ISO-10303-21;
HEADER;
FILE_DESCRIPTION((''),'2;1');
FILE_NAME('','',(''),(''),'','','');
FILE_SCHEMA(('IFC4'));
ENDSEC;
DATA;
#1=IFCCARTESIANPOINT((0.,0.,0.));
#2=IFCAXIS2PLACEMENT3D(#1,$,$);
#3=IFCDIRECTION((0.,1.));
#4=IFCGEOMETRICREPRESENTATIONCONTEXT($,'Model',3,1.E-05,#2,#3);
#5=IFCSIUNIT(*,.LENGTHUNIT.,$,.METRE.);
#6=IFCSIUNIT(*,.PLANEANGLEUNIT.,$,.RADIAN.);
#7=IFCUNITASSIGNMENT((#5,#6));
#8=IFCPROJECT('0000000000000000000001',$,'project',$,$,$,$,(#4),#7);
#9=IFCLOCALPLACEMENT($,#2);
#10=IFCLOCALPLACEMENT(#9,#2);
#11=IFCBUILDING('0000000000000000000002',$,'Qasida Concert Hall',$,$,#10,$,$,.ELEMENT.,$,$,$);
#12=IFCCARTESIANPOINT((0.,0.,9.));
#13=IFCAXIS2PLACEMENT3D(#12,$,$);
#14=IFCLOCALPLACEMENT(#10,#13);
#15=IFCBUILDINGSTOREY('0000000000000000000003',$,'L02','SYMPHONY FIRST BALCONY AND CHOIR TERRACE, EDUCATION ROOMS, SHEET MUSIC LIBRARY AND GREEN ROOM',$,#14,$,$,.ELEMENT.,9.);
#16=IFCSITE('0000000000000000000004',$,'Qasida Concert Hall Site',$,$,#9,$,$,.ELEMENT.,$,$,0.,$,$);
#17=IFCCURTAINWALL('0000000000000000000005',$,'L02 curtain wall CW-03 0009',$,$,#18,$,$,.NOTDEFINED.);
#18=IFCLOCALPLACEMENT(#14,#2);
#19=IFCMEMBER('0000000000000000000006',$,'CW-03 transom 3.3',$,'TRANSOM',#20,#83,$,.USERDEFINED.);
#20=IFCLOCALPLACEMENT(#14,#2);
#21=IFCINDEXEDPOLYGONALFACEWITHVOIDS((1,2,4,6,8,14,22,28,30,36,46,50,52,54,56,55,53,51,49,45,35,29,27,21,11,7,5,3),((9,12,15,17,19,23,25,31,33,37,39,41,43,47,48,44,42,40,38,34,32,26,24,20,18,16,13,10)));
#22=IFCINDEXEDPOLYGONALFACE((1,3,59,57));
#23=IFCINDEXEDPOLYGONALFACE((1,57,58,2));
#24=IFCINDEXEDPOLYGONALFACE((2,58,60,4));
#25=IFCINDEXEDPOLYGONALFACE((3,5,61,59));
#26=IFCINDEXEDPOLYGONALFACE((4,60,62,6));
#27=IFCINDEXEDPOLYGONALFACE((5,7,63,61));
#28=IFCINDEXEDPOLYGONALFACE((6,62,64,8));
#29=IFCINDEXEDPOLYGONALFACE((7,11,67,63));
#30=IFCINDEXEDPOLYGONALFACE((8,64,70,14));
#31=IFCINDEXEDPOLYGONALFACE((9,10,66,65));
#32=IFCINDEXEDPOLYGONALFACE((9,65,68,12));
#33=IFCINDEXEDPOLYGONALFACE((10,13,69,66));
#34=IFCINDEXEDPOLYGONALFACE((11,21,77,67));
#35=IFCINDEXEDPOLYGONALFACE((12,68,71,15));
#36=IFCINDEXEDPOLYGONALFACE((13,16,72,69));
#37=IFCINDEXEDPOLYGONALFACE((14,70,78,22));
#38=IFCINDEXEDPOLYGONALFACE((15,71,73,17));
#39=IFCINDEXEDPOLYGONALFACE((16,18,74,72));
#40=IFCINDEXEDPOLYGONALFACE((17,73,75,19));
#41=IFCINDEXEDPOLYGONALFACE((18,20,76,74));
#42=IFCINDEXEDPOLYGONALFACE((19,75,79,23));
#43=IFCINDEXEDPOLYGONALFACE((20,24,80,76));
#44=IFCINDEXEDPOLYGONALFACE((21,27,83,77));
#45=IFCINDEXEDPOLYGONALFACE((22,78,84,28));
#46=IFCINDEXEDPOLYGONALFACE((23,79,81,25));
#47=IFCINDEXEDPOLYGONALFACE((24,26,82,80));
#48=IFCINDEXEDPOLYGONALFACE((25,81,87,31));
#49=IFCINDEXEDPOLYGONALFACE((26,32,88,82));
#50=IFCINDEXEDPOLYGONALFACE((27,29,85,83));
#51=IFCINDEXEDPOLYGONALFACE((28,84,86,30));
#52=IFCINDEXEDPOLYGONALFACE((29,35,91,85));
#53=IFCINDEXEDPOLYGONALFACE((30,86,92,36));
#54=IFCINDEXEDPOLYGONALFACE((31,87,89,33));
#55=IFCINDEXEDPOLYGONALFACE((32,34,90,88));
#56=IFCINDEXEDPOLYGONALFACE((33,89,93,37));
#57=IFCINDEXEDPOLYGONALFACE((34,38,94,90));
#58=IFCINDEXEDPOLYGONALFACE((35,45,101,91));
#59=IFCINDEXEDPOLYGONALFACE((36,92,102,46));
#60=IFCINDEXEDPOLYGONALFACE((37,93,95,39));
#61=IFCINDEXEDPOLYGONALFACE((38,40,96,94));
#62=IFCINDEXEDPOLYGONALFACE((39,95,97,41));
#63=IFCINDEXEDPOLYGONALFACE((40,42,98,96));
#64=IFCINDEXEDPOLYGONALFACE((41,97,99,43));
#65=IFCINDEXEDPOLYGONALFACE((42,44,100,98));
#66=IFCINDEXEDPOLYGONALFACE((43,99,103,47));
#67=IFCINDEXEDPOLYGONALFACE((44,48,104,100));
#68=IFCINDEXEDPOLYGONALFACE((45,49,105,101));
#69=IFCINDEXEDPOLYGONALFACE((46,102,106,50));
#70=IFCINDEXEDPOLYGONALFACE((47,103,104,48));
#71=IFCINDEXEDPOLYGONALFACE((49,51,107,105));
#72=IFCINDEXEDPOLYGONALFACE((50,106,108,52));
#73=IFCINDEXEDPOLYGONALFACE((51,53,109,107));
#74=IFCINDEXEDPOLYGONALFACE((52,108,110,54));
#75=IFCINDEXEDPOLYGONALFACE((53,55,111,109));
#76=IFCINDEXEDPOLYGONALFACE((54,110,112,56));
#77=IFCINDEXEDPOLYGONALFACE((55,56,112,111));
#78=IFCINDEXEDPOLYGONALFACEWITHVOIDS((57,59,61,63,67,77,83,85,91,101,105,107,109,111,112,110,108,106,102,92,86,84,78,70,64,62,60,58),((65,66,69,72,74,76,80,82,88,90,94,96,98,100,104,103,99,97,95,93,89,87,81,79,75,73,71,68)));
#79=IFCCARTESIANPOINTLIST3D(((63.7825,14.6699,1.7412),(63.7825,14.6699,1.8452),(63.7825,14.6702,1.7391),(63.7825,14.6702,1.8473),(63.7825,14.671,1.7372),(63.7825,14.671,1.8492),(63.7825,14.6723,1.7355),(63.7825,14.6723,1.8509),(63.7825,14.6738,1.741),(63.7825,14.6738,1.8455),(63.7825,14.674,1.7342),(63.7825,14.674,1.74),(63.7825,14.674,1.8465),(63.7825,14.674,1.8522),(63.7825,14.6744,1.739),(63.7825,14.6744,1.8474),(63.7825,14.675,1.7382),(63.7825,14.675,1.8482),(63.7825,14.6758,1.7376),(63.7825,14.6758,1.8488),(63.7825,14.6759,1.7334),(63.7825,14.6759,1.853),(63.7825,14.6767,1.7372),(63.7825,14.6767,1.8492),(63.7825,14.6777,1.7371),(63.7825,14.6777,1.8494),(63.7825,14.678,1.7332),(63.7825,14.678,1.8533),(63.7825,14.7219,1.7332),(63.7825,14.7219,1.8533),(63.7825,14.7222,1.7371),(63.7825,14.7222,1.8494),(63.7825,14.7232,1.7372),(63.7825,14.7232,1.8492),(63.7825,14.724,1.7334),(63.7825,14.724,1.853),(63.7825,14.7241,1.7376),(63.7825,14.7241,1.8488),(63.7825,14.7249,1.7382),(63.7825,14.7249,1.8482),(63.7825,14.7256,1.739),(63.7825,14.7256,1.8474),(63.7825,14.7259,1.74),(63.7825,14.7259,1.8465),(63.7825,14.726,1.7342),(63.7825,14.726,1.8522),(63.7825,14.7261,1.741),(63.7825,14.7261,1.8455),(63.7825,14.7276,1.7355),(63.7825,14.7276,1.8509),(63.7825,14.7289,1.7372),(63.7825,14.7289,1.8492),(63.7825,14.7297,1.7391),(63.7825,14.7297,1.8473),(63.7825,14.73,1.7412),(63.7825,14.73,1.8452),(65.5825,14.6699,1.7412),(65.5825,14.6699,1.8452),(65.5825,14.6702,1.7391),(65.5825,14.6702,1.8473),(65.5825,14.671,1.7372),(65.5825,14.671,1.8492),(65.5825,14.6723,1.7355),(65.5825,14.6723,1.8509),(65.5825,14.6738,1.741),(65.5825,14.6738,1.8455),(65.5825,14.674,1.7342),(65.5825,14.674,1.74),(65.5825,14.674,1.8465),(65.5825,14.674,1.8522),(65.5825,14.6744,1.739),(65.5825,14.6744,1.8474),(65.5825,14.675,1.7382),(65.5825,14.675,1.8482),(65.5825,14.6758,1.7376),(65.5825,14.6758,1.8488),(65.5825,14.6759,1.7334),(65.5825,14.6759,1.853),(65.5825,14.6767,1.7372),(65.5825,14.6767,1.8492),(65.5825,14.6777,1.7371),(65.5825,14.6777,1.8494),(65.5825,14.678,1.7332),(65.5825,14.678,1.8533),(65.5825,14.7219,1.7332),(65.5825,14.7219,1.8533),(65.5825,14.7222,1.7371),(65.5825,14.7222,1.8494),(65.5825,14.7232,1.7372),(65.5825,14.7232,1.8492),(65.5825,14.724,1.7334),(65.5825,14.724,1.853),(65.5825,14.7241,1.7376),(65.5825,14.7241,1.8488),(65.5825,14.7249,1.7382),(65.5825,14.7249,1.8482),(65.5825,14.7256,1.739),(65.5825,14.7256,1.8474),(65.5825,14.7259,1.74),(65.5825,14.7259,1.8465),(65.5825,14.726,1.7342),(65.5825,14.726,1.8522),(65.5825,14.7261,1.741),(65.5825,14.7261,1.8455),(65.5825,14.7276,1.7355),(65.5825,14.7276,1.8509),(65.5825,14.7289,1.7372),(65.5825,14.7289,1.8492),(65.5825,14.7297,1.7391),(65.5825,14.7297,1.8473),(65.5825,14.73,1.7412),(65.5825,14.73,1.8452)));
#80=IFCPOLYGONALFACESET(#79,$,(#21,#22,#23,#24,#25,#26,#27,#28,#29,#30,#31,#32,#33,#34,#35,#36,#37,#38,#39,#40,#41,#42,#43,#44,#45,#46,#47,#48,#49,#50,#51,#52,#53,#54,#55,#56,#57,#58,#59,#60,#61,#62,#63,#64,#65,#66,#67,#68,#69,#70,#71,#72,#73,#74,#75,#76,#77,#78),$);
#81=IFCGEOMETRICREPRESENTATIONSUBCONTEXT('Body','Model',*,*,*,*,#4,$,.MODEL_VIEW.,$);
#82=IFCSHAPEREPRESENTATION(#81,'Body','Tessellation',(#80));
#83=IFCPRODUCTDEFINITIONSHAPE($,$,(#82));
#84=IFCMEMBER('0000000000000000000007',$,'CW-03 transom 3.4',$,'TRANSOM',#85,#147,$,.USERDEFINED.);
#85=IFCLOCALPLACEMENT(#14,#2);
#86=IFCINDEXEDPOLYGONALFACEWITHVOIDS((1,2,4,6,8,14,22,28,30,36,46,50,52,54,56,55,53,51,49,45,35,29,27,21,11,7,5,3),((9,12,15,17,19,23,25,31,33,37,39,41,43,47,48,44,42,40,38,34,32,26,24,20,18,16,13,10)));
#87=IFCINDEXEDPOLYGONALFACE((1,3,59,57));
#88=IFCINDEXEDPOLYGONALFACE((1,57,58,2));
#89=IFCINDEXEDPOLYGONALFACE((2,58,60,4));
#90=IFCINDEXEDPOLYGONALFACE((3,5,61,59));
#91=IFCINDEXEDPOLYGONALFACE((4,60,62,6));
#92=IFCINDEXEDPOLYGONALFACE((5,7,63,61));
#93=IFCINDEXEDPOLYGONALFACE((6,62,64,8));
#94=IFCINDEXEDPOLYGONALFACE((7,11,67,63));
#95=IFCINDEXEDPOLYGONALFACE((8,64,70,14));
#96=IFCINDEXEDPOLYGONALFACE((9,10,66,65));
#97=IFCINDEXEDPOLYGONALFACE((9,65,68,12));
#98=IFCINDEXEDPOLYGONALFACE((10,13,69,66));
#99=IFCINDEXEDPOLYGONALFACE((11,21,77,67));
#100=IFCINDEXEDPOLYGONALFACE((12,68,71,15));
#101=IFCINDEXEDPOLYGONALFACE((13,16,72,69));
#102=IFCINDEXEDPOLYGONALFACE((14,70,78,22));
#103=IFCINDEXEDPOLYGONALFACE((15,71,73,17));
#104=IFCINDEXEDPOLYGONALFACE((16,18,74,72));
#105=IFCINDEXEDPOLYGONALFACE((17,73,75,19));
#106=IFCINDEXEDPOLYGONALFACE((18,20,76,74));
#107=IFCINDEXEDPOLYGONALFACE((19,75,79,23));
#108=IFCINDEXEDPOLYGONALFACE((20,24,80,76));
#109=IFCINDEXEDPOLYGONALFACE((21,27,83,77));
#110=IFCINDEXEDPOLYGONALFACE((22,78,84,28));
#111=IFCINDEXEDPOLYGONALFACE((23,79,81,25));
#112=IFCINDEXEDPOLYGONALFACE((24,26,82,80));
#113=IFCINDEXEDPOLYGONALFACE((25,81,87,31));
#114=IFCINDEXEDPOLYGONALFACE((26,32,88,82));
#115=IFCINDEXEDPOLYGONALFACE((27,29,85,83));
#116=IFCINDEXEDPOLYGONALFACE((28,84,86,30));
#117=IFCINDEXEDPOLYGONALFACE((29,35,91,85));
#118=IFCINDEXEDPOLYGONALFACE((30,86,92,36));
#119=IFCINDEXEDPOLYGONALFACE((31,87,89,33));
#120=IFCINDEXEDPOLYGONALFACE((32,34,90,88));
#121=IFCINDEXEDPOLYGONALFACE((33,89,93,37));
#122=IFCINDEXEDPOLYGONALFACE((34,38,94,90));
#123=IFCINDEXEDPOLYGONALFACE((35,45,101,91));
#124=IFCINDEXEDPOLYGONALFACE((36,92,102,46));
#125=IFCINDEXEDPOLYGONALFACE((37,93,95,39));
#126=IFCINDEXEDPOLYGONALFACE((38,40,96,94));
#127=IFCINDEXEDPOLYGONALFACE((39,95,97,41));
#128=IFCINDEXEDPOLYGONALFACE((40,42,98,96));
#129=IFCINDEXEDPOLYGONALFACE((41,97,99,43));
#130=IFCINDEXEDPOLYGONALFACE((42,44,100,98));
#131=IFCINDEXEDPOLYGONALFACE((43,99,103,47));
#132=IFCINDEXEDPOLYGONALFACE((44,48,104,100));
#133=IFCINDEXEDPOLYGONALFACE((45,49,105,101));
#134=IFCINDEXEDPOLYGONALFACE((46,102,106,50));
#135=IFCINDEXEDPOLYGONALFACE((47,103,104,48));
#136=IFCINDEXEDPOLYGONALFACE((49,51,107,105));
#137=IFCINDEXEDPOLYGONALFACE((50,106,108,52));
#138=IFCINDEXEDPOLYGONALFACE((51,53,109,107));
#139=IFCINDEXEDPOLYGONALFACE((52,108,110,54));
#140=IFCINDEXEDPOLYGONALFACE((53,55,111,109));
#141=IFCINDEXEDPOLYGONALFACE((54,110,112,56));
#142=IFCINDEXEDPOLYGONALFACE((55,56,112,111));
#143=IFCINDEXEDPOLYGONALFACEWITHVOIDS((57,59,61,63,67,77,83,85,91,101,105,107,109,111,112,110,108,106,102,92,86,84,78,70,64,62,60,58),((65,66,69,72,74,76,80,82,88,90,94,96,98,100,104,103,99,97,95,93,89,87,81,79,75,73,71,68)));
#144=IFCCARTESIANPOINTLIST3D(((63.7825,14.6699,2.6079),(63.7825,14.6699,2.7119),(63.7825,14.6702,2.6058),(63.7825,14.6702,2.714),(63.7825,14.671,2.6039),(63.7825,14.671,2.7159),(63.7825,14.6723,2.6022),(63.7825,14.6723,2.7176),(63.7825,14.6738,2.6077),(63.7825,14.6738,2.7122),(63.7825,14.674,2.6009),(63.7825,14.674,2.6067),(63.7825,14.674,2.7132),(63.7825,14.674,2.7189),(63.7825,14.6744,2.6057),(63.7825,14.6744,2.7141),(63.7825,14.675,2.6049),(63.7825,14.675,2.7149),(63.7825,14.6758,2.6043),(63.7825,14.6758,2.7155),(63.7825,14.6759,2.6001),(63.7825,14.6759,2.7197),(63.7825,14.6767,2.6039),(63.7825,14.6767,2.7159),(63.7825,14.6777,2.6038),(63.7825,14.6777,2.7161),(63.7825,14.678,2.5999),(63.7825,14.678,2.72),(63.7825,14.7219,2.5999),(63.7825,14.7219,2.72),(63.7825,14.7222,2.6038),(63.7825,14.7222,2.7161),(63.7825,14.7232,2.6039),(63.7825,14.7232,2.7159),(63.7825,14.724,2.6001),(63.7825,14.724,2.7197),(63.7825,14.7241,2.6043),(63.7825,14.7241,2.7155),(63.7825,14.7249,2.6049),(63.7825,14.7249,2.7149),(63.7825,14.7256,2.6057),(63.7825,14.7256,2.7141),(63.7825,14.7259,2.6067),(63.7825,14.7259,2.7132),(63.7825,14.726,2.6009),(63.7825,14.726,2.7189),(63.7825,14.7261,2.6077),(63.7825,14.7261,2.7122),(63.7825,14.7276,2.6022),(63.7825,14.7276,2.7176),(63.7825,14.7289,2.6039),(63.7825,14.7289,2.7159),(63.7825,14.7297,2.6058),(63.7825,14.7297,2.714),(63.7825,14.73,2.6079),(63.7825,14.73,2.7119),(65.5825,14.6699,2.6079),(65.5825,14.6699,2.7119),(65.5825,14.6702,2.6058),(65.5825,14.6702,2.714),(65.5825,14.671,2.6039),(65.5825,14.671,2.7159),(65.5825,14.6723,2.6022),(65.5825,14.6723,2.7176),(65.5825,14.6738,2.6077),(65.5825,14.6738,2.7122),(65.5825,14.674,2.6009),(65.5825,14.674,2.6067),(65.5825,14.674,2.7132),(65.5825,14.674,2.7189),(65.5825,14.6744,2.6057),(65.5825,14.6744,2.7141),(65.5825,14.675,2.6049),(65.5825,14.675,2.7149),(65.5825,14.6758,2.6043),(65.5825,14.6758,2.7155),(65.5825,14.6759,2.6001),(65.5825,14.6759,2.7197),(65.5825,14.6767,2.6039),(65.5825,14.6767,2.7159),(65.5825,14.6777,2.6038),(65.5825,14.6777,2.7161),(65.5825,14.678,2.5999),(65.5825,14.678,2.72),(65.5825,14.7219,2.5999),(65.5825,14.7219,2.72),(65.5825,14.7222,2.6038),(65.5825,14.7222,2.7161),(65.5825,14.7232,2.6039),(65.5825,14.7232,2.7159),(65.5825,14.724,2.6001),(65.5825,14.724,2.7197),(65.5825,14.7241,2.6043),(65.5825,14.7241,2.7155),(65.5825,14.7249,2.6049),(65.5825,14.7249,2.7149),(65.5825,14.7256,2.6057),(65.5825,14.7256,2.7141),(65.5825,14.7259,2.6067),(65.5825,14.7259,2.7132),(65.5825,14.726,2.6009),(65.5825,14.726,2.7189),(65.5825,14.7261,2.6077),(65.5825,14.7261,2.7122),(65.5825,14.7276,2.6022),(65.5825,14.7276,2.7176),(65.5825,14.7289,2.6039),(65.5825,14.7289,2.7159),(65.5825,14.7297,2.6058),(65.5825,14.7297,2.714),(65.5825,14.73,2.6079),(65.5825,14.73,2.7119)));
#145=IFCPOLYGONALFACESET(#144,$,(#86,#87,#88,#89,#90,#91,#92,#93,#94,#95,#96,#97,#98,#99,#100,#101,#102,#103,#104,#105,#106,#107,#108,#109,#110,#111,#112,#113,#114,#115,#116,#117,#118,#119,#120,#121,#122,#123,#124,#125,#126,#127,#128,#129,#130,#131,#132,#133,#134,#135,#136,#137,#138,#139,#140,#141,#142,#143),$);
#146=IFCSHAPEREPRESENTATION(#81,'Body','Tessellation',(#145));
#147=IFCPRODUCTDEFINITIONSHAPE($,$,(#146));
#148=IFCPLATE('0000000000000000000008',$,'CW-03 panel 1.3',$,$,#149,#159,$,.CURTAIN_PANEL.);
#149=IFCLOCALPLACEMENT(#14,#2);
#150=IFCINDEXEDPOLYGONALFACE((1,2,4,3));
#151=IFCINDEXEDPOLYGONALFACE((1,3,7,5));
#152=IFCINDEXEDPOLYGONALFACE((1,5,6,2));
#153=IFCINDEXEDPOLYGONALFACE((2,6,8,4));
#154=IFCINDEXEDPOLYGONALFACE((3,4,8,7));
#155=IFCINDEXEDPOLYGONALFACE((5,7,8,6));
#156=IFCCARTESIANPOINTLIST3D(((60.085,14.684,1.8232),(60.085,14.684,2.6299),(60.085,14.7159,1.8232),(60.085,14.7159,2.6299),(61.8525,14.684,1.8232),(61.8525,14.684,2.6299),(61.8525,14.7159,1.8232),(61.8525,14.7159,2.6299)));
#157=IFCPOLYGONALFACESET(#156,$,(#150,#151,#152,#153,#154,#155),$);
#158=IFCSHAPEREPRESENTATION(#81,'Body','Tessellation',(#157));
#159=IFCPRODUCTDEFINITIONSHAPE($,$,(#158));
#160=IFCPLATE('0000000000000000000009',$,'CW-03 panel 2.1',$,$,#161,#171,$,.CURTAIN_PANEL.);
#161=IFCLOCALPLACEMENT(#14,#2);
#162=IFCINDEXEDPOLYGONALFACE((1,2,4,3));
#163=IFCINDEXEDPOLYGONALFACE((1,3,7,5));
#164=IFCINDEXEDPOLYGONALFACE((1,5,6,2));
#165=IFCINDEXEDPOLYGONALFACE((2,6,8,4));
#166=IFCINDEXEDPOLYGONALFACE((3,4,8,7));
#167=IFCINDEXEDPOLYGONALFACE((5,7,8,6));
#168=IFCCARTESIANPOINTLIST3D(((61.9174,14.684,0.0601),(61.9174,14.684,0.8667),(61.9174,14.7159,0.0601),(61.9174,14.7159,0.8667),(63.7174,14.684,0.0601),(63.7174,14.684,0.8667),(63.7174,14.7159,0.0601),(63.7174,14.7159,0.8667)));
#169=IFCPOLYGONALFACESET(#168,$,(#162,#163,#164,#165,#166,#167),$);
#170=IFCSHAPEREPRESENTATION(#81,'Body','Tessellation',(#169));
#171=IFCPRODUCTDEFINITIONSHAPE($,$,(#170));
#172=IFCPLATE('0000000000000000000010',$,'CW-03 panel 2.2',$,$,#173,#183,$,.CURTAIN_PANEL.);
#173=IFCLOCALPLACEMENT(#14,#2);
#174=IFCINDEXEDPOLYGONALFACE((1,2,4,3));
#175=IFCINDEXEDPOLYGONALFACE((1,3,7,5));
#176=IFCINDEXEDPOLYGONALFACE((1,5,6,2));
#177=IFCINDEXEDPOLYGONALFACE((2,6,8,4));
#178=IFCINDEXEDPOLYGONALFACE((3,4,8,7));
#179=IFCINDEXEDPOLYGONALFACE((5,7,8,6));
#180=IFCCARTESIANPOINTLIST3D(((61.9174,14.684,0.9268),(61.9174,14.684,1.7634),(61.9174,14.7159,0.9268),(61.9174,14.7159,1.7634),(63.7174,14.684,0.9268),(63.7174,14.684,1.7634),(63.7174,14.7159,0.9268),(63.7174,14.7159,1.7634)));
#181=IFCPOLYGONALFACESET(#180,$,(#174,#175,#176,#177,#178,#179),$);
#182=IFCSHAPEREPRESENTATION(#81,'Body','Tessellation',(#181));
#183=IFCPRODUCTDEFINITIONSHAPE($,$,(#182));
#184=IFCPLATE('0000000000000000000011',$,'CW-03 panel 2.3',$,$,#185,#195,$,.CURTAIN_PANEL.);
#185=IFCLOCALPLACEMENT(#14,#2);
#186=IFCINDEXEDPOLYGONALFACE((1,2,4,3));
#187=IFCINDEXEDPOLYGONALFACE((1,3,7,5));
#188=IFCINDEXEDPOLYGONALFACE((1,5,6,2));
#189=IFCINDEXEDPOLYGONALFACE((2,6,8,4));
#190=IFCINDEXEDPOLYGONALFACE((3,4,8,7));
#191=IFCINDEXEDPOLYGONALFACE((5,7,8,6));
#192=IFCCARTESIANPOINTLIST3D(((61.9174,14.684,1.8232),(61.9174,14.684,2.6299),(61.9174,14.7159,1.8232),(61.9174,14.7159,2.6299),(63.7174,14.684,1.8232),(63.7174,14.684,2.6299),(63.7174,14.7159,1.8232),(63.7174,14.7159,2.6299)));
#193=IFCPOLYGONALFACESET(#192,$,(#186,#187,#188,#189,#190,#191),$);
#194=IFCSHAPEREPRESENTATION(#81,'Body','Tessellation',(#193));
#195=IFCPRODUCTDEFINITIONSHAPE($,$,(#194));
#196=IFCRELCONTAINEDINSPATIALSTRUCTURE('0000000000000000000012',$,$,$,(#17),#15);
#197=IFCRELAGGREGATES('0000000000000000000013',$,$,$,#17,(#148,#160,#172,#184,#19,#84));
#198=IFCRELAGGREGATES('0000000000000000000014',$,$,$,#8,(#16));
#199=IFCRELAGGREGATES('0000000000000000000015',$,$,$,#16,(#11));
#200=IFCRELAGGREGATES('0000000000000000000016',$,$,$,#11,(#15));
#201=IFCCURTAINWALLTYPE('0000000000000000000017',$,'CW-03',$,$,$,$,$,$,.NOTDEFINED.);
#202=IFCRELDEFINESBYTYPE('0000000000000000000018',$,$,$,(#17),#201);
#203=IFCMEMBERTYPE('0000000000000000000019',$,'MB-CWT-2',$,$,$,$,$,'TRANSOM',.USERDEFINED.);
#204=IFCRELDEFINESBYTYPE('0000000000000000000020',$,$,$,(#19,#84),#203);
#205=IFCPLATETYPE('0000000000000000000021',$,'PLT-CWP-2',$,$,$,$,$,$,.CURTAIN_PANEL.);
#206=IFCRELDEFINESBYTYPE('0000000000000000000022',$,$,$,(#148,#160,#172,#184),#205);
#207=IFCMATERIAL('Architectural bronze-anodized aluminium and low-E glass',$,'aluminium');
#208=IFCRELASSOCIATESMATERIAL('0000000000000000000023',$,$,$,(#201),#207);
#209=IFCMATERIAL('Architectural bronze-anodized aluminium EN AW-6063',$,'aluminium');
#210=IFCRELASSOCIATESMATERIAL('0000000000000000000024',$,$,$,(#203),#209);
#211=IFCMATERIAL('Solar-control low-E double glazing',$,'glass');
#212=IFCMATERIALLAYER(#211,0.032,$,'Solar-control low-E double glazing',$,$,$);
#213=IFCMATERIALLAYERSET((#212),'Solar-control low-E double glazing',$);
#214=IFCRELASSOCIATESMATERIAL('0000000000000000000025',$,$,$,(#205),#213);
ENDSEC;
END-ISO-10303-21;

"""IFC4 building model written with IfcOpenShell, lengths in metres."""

from ifc_helpers import new_model, si_unit, direction, frame, origin, origin_2d, place, context, subcontext, project, spatial, rectangle, hollow_rectangle, extrude, material, layer, layer_set, material_profile, profile_set, type_object, element, aggregate, save


model = new_model("IFC4")

# Units and contexts
model_context = context("Model", 3, precision=1e-05, world=origin(), true_north=direction((0.0, 1.0)))
body_context = subcontext(model_context, "Body", "Model", "MODEL_VIEW")
ifc_project = project(units=[si_unit("LENGTHUNIT", "METRE"), si_unit("PLANEANGLEUNIT", "RADIAN")], contexts=[model_context])

# Site, building, storey
site_placement = place(None, origin())
site = spatial("IfcSite", under=ifc_project, at=site_placement, Name="Qasida Concert Hall Site", CompositionType="ELEMENT", RefElevation=0.0)
building_placement = place(site_placement, origin())
building = spatial("IfcBuilding", under=site, at=building_placement, Name="Qasida Concert Hall", CompositionType="ELEMENT")
storey_placement = place(building_placement, frame((0.0, 0.0, 9.0)))
storey = spatial("IfcBuildingStorey", under=building, at=storey_placement, Name="L02", Description="SYMPHONY FIRST BALCONY AND CHOIR TERRACE, EDUCATION ROOMS, SHEET MUSIC LIBRARY AND GREEN ROOM", CompositionType="ELEMENT", Elevation=9.0)

# Curtain wall, members, plates
ifc_material_1 = material(Name="Architectural bronze-anodized aluminium and low-E glass", Category="aluminium")
curtain_wall_type = type_object("IfcCurtainWallType", Name="CW-03", PredefinedType="NOTDEFINED", material=ifc_material_1)
curtain_wall_placement = place(storey_placement, origin())
curtain_wall = element("IfcCurtainWall", 1, at=curtain_wall_placement, inside=storey, type_object=curtain_wall_type, Name="L02 curtain wall CW-03 0009", PredefinedType="NOTDEFINED")
ifc_material_2 = material(Name="Architectural bronze-anodized aluminium EN AW-6063", Category="aluminium")
ifc_material_profile_1 = material_profile(ifc_material_2, hollow_rectangle(XDim=0.0601, YDim=0.1201, WallThickness=0.0039, InnerFilletRadius=0.0039, OuterFilletRadius=0.0081, at=origin_2d()), Name="CWT 120x60x4")
ifc_profile_set_1 = profile_set([ifc_material_profile_1], Name="Architectural bronze-anodized aluminium EN AW-6063")
member_type_1 = type_object("IfcMemberType", Name="MB-CWT-2", ElementType="TRANSOM", PredefinedType="USERDEFINED", material=ifc_profile_set_1)
member_1_placement = place(storey_placement, frame((63.7825, 14.7, 1.7932), z_axis=(1.0, 0.0, 0.0), x_axis=(0.0, 1.0, 0.0)))
member_1 = element("IfcMember", 2, at=member_1_placement, type_object=member_type_1, Name="CW-03 transom 3.3", ObjectType="TRANSOM", PredefinedType="USERDEFINED", context=body_context, shape_type="SweptSolid", body=[
    extrude(hollow_rectangle(XDim=0.0601, YDim=0.1201, WallThickness=0.0039, InnerFilletRadius=0.0039, OuterFilletRadius=0.0081, at=origin_2d()), origin(), (0.0, 0.0, 1.0), 1.8),
])
member_2_placement = place(storey_placement, frame((63.7825, 14.7, 2.6599), z_axis=(1.0, 0.0, 0.0), x_axis=(0.0, 1.0, 0.0)))
member_2 = element("IfcMember", 3, at=member_2_placement, type_object=member_type_1, Name="CW-03 transom 3.4", ObjectType="TRANSOM", PredefinedType="USERDEFINED", context=body_context, shape_type="SweptSolid", body=[
    extrude(hollow_rectangle(XDim=0.0601, YDim=0.1201, WallThickness=0.0039, InnerFilletRadius=0.0039, OuterFilletRadius=0.0081, at=origin_2d()), origin(), (0.0, 0.0, 1.0), 1.8),
])
ifc_material_3 = material(Name="Solar-control low-E double glazing", Category="glass")
ifc_layer_1 = layer(ifc_material_3, 0.032, Name="Solar-control low-E double glazing")
ifc_layer_set_1 = layer_set([ifc_layer_1], Name="Solar-control low-E double glazing")
plate_type = type_object("IfcPlateType", Name="PLT-CWP-2", PredefinedType="CURTAIN_PANEL", material=ifc_layer_set_1)
plate_1_placement = place(storey_placement, frame((60.9688, 14.7, 1.8232), z_axis=(0.0, 0.0, 1.0), x_axis=(1.0, 0.0, 0.0)))
plate_1 = element("IfcPlate", 4, at=plate_1_placement, type_object=plate_type, Name="CW-03 panel 1.3", PredefinedType="CURTAIN_PANEL", context=body_context, shape_type="SweptSolid", body=[
    extrude(rectangle(XDim=1.7676, YDim=0.032, at=origin_2d()), origin(), (0.0, 0.0, 1.0), 0.8066),
])
plate_2_placement = place(storey_placement, frame((62.8174, 14.7, 0.0601), z_axis=(0.0, 0.0, 1.0), x_axis=(1.0, 0.0, 0.0)))
plate_2 = element("IfcPlate", 5, at=plate_2_placement, type_object=plate_type, Name="CW-03 panel 2.1", PredefinedType="CURTAIN_PANEL", context=body_context, shape_type="SweptSolid", body=[
    extrude(rectangle(XDim=1.8, YDim=0.032, at=origin_2d()), origin(), (0.0, 0.0, 1.0), 0.8066),
])
plate_3_placement = place(storey_placement, frame((62.8174, 14.7, 0.9268), z_axis=(0.0, 0.0, 1.0), x_axis=(1.0, 0.0, 0.0)))
plate_3 = element("IfcPlate", 6, at=plate_3_placement, type_object=plate_type, Name="CW-03 panel 2.2", PredefinedType="CURTAIN_PANEL", context=body_context, shape_type="SweptSolid", body=[
    extrude(rectangle(XDim=1.8, YDim=0.032, at=origin_2d()), origin(), (0.0, 0.0, 1.0), 0.8367),
])
plate_4_placement = place(storey_placement, frame((62.8174, 14.7, 1.8232), z_axis=(0.0, 0.0, 1.0), x_axis=(1.0, 0.0, 0.0)))
plate_4 = element("IfcPlate", 7, at=plate_4_placement, type_object=plate_type, Name="CW-03 panel 2.3", PredefinedType="CURTAIN_PANEL", context=body_context, shape_type="SweptSolid", body=[
    extrude(rectangle(XDim=1.8, YDim=0.032, at=origin_2d()), origin(), (0.0, 0.0, 1.0), 0.8066),
])
aggregate(curtain_wall, [plate_1, plate_2, plate_3, plate_4, member_1, member_2])

save(model, "model.ifc")
